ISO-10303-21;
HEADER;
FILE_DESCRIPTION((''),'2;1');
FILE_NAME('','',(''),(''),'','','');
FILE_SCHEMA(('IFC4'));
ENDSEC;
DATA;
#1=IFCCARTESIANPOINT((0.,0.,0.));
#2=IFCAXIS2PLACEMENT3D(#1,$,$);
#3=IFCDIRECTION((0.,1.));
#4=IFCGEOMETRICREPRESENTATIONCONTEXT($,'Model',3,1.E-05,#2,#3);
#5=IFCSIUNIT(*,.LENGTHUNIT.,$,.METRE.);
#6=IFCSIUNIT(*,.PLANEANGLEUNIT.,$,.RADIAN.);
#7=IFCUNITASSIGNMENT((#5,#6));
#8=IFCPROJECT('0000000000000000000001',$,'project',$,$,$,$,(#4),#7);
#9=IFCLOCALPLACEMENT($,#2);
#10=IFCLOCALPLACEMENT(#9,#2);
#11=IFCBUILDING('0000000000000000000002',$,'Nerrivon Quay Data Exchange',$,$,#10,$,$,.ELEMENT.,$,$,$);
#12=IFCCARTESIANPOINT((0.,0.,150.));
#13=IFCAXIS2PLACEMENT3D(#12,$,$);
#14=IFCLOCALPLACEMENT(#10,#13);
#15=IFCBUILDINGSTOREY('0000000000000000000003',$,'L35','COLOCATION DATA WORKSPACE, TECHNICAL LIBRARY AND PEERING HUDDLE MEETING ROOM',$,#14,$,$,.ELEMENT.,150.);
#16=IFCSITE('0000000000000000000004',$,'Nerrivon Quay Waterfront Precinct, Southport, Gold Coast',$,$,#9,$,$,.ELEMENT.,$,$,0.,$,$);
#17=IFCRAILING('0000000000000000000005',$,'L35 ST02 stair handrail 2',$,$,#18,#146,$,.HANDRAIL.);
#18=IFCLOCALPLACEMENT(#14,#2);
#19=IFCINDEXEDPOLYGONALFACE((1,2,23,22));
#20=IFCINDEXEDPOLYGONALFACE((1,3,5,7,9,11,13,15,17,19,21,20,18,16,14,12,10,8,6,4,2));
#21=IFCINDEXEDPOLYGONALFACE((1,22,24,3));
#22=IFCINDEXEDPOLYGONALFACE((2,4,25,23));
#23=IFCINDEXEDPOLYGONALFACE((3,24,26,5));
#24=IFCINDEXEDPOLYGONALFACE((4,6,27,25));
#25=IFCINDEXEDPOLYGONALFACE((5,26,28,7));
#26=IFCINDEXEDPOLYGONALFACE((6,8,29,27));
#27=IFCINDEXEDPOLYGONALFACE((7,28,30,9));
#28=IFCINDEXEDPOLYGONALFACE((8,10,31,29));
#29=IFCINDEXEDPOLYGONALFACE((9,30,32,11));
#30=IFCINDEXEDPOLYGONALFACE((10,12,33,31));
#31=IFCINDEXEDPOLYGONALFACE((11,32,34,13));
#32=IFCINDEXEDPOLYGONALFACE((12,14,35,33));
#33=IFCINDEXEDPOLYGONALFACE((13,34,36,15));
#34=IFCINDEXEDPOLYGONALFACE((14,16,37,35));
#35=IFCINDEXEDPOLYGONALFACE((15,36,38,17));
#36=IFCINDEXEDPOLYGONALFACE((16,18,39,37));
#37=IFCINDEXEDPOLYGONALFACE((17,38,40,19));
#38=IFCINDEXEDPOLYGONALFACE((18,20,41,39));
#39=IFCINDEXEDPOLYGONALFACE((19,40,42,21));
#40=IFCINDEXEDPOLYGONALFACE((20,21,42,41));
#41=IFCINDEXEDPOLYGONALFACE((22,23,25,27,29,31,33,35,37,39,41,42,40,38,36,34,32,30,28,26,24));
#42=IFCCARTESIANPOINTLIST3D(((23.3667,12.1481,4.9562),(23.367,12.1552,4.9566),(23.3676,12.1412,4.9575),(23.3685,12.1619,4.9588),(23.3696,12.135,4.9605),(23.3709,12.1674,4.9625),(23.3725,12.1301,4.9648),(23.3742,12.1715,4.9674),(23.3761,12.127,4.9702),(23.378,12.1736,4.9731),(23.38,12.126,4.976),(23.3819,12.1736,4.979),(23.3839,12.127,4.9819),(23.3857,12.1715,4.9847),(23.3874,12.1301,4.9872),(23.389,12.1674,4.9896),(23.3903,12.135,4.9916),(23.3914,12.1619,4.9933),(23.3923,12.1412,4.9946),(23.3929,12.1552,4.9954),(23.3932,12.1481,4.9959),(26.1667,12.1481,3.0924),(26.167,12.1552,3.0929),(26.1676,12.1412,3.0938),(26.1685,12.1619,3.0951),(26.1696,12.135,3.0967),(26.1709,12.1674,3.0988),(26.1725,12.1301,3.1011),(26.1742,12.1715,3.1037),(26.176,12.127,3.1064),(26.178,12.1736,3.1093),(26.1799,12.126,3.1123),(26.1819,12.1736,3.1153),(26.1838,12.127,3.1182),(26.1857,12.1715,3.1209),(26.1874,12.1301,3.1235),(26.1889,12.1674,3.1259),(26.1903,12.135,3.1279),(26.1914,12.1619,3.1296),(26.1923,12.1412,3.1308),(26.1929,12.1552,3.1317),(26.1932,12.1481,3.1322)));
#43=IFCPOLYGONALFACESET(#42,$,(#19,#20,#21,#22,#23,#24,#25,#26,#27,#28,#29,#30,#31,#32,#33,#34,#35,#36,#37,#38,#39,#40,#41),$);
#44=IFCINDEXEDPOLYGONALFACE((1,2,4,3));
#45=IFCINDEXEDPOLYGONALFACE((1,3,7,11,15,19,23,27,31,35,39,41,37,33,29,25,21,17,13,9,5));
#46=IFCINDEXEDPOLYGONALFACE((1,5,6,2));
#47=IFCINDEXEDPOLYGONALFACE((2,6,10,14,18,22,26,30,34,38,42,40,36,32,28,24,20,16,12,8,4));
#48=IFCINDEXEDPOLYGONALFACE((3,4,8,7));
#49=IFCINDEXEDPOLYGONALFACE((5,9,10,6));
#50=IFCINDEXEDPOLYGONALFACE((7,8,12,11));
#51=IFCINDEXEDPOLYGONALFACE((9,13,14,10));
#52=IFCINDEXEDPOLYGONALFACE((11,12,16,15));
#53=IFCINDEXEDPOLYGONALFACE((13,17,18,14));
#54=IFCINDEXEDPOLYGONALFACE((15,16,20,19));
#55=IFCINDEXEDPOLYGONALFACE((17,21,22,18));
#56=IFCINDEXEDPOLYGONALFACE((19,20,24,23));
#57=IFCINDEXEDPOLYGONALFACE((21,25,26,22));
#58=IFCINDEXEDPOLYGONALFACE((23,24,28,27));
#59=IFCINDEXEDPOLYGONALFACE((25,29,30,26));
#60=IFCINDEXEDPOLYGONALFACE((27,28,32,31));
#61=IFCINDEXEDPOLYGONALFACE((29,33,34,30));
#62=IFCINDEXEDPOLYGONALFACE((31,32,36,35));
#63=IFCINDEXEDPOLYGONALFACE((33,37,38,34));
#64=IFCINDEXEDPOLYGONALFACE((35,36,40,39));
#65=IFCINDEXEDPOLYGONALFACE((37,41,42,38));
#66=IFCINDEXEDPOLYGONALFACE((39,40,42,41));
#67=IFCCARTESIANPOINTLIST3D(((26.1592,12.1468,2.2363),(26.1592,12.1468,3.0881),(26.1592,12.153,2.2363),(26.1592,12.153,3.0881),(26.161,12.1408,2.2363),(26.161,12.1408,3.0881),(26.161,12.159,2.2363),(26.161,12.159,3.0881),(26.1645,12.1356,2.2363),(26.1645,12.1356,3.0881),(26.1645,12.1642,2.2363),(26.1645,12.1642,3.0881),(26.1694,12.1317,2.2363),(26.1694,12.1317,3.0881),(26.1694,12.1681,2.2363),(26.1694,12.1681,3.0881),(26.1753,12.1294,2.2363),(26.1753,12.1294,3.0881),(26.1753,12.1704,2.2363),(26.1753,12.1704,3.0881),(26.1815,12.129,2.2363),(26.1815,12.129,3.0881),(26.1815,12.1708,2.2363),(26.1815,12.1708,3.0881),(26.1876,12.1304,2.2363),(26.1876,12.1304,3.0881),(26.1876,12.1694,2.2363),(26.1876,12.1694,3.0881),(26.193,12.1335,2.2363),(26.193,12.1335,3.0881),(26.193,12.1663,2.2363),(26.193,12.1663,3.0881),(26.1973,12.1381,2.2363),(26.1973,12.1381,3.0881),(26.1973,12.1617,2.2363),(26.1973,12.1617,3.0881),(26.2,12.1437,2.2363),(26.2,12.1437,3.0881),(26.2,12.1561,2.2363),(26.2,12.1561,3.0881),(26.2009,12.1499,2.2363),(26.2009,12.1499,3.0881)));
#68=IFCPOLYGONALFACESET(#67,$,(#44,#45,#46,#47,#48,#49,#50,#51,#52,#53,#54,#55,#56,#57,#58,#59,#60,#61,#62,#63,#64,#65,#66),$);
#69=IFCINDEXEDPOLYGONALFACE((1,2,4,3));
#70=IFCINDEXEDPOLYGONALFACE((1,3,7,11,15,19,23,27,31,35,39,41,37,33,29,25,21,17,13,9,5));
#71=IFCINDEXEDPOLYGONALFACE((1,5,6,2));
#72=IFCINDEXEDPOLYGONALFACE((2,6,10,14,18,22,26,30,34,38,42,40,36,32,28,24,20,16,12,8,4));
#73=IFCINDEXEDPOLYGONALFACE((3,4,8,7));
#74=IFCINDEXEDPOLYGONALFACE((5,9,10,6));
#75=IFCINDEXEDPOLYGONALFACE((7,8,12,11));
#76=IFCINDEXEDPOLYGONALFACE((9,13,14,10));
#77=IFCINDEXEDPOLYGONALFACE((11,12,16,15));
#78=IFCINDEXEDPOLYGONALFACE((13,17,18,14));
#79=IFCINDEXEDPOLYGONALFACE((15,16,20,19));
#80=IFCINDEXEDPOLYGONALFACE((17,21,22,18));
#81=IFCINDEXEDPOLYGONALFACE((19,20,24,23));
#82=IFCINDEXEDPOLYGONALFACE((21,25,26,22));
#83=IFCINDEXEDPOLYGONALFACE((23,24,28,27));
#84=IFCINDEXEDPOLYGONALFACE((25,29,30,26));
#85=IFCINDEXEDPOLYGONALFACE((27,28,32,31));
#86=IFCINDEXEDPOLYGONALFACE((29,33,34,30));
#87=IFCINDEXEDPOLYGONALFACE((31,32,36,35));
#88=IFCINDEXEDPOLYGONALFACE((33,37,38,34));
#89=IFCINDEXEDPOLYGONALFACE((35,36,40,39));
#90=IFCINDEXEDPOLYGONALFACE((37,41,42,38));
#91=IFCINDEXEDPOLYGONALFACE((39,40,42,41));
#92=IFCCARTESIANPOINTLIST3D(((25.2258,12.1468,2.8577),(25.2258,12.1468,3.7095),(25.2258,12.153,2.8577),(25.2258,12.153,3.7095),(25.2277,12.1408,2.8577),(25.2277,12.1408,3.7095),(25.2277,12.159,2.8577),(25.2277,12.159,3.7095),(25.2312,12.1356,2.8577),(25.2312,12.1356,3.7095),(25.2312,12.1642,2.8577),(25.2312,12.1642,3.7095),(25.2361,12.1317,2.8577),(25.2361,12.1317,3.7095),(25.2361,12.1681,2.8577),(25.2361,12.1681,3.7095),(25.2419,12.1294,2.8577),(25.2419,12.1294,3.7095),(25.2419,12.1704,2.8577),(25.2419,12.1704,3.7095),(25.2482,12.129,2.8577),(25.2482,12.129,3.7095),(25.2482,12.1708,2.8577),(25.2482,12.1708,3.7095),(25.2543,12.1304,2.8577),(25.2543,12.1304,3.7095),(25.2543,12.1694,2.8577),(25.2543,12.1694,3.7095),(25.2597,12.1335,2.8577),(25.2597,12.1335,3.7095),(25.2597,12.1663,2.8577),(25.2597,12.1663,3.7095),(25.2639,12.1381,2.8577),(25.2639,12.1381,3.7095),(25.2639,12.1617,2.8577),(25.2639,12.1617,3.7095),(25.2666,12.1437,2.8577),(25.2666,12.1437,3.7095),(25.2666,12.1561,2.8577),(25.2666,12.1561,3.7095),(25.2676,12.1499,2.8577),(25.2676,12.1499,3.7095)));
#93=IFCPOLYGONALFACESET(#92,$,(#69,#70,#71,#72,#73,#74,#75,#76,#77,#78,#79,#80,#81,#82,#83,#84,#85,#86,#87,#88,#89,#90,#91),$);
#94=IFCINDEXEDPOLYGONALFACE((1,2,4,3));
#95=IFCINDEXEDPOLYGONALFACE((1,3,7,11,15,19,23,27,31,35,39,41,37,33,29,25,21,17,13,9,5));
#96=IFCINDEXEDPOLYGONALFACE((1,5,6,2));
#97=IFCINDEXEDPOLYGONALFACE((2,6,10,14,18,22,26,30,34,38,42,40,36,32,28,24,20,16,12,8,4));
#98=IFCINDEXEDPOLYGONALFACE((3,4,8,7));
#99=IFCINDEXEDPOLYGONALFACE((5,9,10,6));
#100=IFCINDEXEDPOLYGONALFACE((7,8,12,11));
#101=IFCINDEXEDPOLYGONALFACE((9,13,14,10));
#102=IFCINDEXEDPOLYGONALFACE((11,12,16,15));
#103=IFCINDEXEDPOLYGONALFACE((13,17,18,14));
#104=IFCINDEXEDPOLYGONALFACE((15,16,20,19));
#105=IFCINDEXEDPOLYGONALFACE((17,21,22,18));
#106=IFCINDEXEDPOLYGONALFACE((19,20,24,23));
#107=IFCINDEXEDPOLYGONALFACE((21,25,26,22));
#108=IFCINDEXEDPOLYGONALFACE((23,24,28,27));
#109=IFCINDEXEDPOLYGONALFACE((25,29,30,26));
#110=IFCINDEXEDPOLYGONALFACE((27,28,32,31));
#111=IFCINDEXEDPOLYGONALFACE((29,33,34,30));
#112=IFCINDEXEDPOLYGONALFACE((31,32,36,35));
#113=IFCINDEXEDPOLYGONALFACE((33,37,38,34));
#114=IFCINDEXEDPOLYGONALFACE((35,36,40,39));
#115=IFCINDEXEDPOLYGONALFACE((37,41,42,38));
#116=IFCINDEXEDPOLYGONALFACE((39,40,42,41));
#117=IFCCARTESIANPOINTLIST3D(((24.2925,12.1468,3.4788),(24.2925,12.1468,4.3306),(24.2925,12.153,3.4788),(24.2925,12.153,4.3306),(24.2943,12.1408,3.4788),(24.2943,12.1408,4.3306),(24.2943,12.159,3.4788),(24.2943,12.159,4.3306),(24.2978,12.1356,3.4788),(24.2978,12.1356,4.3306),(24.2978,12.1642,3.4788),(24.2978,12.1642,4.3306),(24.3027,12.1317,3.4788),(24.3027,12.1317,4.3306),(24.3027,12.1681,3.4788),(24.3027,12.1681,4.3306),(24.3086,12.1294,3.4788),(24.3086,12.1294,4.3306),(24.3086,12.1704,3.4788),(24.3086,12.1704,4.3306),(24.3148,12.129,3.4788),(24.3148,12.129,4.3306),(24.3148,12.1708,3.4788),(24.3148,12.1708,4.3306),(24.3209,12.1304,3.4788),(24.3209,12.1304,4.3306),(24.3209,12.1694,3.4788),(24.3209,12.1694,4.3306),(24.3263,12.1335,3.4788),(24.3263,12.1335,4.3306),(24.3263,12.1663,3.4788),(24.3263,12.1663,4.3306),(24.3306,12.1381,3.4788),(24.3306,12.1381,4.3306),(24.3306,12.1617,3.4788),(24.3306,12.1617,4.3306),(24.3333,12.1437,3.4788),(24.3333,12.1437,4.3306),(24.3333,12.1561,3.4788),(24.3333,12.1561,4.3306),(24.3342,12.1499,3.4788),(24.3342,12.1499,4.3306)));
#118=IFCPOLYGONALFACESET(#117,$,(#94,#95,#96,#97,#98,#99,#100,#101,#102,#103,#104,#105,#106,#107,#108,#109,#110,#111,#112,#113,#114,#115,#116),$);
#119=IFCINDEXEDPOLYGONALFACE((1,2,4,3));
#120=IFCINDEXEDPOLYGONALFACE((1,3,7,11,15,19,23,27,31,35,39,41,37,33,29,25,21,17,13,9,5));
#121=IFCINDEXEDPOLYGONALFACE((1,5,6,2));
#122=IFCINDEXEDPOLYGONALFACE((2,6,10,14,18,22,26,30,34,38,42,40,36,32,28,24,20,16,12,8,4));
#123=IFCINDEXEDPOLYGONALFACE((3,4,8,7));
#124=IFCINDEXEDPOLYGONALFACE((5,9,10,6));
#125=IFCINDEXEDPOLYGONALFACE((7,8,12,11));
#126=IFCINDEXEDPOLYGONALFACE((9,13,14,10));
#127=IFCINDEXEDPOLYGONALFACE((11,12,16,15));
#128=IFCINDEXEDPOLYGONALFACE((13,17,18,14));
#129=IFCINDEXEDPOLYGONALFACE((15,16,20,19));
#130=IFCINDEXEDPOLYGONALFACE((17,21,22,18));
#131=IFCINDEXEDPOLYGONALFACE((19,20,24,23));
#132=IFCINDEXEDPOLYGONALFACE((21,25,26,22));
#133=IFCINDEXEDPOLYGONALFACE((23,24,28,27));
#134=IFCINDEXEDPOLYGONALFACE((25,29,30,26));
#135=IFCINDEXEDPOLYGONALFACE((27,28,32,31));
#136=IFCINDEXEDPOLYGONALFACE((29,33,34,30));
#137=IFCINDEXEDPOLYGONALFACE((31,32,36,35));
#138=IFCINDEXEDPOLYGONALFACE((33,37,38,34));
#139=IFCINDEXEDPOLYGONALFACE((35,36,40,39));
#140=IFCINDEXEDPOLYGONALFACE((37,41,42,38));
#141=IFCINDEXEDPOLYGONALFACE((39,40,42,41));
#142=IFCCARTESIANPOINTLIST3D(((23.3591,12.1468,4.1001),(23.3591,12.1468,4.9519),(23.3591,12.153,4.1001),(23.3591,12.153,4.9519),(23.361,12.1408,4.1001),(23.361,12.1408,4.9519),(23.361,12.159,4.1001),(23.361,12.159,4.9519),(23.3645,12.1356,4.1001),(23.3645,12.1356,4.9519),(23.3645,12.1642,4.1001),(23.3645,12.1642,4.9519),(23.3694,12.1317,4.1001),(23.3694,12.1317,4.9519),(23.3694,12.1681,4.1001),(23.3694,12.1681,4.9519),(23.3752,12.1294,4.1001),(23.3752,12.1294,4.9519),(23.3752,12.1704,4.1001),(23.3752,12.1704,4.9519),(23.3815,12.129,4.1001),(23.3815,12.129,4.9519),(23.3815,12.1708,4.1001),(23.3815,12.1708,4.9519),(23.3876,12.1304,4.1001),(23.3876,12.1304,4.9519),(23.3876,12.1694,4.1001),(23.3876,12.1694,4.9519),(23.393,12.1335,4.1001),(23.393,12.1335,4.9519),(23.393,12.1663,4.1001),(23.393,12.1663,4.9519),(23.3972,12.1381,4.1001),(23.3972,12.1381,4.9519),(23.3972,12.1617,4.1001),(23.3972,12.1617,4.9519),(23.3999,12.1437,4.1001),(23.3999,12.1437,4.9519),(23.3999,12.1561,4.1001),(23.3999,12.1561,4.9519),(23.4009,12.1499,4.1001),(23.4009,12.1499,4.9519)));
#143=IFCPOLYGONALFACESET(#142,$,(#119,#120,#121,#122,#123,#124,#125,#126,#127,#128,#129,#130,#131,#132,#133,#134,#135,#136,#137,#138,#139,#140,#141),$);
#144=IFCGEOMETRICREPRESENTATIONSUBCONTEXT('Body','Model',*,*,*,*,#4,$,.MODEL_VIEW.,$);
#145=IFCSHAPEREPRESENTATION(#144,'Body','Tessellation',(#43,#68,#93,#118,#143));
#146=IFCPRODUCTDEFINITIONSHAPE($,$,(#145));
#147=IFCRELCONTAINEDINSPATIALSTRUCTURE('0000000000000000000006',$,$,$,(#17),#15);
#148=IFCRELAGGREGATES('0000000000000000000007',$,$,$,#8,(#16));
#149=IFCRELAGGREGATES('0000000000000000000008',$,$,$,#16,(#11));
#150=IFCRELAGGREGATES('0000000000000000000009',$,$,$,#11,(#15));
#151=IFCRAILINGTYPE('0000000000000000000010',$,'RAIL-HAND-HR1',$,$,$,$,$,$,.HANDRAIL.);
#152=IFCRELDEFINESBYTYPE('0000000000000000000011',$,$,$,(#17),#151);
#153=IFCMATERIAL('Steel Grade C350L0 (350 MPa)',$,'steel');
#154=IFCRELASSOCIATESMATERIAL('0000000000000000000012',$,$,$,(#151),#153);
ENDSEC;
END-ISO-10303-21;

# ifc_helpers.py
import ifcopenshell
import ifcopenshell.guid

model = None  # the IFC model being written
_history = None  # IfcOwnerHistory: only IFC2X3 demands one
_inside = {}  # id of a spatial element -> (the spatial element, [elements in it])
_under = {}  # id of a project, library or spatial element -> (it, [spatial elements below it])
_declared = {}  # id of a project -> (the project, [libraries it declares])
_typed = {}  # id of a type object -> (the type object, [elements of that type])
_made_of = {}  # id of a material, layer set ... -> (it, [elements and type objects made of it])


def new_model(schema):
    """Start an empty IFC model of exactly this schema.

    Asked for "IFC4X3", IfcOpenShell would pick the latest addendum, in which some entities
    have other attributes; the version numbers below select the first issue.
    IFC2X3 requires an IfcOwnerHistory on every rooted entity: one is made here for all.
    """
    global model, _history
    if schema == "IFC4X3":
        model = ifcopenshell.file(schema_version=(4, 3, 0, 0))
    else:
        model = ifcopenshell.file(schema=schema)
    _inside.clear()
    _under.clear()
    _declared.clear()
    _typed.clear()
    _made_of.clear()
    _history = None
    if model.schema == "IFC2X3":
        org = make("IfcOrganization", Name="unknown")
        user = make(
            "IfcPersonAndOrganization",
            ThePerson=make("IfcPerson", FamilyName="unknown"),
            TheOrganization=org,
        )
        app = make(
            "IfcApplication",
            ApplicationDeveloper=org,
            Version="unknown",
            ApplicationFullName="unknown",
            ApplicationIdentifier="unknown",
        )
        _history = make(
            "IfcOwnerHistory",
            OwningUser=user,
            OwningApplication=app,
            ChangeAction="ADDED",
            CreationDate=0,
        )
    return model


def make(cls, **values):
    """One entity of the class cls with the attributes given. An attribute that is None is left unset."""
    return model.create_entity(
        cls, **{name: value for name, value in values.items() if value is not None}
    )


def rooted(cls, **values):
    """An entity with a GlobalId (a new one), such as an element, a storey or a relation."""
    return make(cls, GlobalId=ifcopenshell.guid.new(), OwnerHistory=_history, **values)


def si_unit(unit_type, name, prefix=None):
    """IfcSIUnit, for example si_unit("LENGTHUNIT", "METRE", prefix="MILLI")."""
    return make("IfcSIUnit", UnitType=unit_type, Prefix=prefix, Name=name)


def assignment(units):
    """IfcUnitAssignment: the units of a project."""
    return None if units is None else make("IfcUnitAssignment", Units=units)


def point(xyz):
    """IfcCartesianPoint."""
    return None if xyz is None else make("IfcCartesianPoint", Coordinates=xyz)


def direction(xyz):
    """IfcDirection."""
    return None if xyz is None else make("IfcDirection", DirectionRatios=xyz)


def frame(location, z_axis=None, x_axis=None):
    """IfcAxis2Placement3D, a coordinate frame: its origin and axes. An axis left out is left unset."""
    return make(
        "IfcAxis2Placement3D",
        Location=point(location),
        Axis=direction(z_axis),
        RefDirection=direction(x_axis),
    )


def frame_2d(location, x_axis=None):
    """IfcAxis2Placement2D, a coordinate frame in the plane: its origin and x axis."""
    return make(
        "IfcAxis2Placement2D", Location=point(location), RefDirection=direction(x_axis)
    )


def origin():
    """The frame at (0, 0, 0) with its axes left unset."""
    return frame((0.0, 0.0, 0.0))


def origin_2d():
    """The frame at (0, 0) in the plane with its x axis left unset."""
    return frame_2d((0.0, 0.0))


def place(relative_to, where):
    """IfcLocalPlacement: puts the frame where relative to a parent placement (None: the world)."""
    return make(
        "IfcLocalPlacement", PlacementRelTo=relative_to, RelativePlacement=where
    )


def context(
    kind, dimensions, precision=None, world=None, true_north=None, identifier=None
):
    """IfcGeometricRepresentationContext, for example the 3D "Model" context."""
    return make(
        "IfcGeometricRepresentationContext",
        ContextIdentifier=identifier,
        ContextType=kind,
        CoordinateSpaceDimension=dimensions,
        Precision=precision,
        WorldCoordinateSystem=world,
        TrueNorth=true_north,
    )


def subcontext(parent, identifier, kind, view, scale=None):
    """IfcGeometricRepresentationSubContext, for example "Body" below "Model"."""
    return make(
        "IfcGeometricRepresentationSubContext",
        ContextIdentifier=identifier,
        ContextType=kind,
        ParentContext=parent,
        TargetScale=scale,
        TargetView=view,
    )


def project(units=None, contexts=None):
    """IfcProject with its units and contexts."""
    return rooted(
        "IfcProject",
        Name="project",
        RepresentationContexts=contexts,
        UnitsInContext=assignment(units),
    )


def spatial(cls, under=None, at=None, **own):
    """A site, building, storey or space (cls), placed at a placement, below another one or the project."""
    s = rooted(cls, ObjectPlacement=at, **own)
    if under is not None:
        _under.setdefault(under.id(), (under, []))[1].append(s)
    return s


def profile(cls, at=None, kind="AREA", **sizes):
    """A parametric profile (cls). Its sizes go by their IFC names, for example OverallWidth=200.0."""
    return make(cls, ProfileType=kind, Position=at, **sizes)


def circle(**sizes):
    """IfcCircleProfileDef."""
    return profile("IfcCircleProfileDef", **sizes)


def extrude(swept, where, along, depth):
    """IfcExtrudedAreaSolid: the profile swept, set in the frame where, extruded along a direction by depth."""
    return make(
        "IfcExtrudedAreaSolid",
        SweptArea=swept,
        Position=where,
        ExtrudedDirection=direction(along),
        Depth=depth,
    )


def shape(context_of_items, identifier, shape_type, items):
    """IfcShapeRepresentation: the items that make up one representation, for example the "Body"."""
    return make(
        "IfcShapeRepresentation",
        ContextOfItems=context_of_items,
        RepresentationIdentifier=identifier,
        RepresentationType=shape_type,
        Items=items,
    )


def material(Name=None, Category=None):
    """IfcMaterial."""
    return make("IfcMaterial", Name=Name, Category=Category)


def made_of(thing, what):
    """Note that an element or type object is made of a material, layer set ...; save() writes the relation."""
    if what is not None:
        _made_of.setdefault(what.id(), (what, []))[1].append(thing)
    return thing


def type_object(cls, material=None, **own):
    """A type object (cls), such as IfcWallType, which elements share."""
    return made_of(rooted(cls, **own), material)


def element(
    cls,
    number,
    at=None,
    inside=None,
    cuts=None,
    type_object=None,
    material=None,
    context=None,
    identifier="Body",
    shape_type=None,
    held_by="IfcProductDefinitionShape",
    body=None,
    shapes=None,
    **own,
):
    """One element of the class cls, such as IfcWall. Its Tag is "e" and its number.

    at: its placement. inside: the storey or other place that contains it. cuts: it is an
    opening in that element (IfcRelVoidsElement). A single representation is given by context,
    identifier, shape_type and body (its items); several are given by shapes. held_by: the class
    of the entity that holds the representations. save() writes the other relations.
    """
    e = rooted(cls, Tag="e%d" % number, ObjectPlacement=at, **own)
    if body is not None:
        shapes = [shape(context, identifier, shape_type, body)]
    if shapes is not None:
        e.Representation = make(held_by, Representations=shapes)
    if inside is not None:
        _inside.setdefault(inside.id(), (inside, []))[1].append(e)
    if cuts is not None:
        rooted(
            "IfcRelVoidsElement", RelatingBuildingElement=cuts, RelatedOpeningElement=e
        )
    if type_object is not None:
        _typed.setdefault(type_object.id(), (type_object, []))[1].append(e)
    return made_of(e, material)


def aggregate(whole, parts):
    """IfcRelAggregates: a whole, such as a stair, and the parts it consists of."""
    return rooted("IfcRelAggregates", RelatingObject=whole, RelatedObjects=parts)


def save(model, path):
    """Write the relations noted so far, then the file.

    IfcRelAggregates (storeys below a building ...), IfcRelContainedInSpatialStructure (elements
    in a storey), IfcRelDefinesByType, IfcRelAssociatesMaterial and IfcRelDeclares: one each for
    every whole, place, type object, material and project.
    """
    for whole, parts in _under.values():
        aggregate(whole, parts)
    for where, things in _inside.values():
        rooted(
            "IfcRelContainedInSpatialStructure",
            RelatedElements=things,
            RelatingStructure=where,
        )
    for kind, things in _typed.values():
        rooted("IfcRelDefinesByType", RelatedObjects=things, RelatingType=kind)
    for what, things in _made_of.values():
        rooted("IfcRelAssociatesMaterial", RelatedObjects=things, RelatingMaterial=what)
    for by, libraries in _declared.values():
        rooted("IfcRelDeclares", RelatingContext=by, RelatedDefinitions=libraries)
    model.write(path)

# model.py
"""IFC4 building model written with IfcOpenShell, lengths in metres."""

from ifc_helpers import new_model, si_unit, direction, frame, origin, origin_2d, place, context, subcontext, project, spatial, circle, extrude, material, type_object, element, save


model = new_model("IFC4")

# Units and contexts
model_context = context("Model", 3, precision=1e-05, world=origin(), true_north=direction((0.0, 1.0)))
body_context = subcontext(model_context, "Body", "Model", "MODEL_VIEW")
ifc_project = project(units=[si_unit("LENGTHUNIT", "METRE"), si_unit("PLANEANGLEUNIT", "RADIAN")], contexts=[model_context])

# Site, building, storey
site_placement = place(None, origin())
site = spatial("IfcSite", under=ifc_project, at=site_placement, Name="Nerrivon Quay Waterfront Precinct, Southport, Gold Coast", CompositionType="ELEMENT", RefElevation=0.0)
building_placement = place(site_placement, origin())
building = spatial("IfcBuilding", under=site, at=building_placement, Name="Nerrivon Quay Data Exchange", CompositionType="ELEMENT")
storey_placement = place(building_placement, frame((0.0, 0.0, 150.0)))
storey = spatial("IfcBuildingStorey", under=building, at=storey_placement, Name="L35", Description="COLOCATION DATA WORKSPACE, TECHNICAL LIBRARY AND PEERING HUDDLE MEETING ROOM", CompositionType="ELEMENT", Elevation=150.0)

# Railing
ifc_material_1 = material(Name="Steel Grade C350L0 (350 MPa)", Category="steel")
railing_type_1 = type_object("IfcRailingType", Name="RAIL-HAND-HR1", PredefinedType="HANDRAIL", material=ifc_material_1)
railing_1_placement = place(storey_placement, frame((26.1799, 12.1499, 2.2363)))
element("IfcRailing", 1, at=railing_1_placement, inside=storey, type_object=railing_type_1, Name="L35 ST02 stair handrail 2", PredefinedType="HANDRAIL", context=body_context, shape_type="SweptSolid", body=[
    extrude(circle(Radius=0.0239, at=origin_2d()), frame((0.0, 0.0, 0.876), z_axis=(-0.832452, 0.0, 0.554097), x_axis=(0.0, -1.0, 0.0)), (0.0, 0.0, 1.0), 3.3635),
    extrude(circle(Radius=0.021, at=origin_2d()), origin(), (0.0, 0.0, 1.0), 0.8518),
    extrude(circle(Radius=0.021, at=origin_2d()), frame((-0.9333, 0.0, 0.6213)), (0.0, 0.0, 1.0), 0.8518),
    extrude(circle(Radius=0.021, at=origin_2d()), frame((-1.8667, 0.0, 1.2424)), (0.0, 0.0, 1.0), 0.8518),
    extrude(circle(Radius=0.021, at=origin_2d()), frame((-2.8, 0.0, 1.8638)), (0.0, 0.0, 1.0), 0.8518),
])

save(model, "model.ifc")
